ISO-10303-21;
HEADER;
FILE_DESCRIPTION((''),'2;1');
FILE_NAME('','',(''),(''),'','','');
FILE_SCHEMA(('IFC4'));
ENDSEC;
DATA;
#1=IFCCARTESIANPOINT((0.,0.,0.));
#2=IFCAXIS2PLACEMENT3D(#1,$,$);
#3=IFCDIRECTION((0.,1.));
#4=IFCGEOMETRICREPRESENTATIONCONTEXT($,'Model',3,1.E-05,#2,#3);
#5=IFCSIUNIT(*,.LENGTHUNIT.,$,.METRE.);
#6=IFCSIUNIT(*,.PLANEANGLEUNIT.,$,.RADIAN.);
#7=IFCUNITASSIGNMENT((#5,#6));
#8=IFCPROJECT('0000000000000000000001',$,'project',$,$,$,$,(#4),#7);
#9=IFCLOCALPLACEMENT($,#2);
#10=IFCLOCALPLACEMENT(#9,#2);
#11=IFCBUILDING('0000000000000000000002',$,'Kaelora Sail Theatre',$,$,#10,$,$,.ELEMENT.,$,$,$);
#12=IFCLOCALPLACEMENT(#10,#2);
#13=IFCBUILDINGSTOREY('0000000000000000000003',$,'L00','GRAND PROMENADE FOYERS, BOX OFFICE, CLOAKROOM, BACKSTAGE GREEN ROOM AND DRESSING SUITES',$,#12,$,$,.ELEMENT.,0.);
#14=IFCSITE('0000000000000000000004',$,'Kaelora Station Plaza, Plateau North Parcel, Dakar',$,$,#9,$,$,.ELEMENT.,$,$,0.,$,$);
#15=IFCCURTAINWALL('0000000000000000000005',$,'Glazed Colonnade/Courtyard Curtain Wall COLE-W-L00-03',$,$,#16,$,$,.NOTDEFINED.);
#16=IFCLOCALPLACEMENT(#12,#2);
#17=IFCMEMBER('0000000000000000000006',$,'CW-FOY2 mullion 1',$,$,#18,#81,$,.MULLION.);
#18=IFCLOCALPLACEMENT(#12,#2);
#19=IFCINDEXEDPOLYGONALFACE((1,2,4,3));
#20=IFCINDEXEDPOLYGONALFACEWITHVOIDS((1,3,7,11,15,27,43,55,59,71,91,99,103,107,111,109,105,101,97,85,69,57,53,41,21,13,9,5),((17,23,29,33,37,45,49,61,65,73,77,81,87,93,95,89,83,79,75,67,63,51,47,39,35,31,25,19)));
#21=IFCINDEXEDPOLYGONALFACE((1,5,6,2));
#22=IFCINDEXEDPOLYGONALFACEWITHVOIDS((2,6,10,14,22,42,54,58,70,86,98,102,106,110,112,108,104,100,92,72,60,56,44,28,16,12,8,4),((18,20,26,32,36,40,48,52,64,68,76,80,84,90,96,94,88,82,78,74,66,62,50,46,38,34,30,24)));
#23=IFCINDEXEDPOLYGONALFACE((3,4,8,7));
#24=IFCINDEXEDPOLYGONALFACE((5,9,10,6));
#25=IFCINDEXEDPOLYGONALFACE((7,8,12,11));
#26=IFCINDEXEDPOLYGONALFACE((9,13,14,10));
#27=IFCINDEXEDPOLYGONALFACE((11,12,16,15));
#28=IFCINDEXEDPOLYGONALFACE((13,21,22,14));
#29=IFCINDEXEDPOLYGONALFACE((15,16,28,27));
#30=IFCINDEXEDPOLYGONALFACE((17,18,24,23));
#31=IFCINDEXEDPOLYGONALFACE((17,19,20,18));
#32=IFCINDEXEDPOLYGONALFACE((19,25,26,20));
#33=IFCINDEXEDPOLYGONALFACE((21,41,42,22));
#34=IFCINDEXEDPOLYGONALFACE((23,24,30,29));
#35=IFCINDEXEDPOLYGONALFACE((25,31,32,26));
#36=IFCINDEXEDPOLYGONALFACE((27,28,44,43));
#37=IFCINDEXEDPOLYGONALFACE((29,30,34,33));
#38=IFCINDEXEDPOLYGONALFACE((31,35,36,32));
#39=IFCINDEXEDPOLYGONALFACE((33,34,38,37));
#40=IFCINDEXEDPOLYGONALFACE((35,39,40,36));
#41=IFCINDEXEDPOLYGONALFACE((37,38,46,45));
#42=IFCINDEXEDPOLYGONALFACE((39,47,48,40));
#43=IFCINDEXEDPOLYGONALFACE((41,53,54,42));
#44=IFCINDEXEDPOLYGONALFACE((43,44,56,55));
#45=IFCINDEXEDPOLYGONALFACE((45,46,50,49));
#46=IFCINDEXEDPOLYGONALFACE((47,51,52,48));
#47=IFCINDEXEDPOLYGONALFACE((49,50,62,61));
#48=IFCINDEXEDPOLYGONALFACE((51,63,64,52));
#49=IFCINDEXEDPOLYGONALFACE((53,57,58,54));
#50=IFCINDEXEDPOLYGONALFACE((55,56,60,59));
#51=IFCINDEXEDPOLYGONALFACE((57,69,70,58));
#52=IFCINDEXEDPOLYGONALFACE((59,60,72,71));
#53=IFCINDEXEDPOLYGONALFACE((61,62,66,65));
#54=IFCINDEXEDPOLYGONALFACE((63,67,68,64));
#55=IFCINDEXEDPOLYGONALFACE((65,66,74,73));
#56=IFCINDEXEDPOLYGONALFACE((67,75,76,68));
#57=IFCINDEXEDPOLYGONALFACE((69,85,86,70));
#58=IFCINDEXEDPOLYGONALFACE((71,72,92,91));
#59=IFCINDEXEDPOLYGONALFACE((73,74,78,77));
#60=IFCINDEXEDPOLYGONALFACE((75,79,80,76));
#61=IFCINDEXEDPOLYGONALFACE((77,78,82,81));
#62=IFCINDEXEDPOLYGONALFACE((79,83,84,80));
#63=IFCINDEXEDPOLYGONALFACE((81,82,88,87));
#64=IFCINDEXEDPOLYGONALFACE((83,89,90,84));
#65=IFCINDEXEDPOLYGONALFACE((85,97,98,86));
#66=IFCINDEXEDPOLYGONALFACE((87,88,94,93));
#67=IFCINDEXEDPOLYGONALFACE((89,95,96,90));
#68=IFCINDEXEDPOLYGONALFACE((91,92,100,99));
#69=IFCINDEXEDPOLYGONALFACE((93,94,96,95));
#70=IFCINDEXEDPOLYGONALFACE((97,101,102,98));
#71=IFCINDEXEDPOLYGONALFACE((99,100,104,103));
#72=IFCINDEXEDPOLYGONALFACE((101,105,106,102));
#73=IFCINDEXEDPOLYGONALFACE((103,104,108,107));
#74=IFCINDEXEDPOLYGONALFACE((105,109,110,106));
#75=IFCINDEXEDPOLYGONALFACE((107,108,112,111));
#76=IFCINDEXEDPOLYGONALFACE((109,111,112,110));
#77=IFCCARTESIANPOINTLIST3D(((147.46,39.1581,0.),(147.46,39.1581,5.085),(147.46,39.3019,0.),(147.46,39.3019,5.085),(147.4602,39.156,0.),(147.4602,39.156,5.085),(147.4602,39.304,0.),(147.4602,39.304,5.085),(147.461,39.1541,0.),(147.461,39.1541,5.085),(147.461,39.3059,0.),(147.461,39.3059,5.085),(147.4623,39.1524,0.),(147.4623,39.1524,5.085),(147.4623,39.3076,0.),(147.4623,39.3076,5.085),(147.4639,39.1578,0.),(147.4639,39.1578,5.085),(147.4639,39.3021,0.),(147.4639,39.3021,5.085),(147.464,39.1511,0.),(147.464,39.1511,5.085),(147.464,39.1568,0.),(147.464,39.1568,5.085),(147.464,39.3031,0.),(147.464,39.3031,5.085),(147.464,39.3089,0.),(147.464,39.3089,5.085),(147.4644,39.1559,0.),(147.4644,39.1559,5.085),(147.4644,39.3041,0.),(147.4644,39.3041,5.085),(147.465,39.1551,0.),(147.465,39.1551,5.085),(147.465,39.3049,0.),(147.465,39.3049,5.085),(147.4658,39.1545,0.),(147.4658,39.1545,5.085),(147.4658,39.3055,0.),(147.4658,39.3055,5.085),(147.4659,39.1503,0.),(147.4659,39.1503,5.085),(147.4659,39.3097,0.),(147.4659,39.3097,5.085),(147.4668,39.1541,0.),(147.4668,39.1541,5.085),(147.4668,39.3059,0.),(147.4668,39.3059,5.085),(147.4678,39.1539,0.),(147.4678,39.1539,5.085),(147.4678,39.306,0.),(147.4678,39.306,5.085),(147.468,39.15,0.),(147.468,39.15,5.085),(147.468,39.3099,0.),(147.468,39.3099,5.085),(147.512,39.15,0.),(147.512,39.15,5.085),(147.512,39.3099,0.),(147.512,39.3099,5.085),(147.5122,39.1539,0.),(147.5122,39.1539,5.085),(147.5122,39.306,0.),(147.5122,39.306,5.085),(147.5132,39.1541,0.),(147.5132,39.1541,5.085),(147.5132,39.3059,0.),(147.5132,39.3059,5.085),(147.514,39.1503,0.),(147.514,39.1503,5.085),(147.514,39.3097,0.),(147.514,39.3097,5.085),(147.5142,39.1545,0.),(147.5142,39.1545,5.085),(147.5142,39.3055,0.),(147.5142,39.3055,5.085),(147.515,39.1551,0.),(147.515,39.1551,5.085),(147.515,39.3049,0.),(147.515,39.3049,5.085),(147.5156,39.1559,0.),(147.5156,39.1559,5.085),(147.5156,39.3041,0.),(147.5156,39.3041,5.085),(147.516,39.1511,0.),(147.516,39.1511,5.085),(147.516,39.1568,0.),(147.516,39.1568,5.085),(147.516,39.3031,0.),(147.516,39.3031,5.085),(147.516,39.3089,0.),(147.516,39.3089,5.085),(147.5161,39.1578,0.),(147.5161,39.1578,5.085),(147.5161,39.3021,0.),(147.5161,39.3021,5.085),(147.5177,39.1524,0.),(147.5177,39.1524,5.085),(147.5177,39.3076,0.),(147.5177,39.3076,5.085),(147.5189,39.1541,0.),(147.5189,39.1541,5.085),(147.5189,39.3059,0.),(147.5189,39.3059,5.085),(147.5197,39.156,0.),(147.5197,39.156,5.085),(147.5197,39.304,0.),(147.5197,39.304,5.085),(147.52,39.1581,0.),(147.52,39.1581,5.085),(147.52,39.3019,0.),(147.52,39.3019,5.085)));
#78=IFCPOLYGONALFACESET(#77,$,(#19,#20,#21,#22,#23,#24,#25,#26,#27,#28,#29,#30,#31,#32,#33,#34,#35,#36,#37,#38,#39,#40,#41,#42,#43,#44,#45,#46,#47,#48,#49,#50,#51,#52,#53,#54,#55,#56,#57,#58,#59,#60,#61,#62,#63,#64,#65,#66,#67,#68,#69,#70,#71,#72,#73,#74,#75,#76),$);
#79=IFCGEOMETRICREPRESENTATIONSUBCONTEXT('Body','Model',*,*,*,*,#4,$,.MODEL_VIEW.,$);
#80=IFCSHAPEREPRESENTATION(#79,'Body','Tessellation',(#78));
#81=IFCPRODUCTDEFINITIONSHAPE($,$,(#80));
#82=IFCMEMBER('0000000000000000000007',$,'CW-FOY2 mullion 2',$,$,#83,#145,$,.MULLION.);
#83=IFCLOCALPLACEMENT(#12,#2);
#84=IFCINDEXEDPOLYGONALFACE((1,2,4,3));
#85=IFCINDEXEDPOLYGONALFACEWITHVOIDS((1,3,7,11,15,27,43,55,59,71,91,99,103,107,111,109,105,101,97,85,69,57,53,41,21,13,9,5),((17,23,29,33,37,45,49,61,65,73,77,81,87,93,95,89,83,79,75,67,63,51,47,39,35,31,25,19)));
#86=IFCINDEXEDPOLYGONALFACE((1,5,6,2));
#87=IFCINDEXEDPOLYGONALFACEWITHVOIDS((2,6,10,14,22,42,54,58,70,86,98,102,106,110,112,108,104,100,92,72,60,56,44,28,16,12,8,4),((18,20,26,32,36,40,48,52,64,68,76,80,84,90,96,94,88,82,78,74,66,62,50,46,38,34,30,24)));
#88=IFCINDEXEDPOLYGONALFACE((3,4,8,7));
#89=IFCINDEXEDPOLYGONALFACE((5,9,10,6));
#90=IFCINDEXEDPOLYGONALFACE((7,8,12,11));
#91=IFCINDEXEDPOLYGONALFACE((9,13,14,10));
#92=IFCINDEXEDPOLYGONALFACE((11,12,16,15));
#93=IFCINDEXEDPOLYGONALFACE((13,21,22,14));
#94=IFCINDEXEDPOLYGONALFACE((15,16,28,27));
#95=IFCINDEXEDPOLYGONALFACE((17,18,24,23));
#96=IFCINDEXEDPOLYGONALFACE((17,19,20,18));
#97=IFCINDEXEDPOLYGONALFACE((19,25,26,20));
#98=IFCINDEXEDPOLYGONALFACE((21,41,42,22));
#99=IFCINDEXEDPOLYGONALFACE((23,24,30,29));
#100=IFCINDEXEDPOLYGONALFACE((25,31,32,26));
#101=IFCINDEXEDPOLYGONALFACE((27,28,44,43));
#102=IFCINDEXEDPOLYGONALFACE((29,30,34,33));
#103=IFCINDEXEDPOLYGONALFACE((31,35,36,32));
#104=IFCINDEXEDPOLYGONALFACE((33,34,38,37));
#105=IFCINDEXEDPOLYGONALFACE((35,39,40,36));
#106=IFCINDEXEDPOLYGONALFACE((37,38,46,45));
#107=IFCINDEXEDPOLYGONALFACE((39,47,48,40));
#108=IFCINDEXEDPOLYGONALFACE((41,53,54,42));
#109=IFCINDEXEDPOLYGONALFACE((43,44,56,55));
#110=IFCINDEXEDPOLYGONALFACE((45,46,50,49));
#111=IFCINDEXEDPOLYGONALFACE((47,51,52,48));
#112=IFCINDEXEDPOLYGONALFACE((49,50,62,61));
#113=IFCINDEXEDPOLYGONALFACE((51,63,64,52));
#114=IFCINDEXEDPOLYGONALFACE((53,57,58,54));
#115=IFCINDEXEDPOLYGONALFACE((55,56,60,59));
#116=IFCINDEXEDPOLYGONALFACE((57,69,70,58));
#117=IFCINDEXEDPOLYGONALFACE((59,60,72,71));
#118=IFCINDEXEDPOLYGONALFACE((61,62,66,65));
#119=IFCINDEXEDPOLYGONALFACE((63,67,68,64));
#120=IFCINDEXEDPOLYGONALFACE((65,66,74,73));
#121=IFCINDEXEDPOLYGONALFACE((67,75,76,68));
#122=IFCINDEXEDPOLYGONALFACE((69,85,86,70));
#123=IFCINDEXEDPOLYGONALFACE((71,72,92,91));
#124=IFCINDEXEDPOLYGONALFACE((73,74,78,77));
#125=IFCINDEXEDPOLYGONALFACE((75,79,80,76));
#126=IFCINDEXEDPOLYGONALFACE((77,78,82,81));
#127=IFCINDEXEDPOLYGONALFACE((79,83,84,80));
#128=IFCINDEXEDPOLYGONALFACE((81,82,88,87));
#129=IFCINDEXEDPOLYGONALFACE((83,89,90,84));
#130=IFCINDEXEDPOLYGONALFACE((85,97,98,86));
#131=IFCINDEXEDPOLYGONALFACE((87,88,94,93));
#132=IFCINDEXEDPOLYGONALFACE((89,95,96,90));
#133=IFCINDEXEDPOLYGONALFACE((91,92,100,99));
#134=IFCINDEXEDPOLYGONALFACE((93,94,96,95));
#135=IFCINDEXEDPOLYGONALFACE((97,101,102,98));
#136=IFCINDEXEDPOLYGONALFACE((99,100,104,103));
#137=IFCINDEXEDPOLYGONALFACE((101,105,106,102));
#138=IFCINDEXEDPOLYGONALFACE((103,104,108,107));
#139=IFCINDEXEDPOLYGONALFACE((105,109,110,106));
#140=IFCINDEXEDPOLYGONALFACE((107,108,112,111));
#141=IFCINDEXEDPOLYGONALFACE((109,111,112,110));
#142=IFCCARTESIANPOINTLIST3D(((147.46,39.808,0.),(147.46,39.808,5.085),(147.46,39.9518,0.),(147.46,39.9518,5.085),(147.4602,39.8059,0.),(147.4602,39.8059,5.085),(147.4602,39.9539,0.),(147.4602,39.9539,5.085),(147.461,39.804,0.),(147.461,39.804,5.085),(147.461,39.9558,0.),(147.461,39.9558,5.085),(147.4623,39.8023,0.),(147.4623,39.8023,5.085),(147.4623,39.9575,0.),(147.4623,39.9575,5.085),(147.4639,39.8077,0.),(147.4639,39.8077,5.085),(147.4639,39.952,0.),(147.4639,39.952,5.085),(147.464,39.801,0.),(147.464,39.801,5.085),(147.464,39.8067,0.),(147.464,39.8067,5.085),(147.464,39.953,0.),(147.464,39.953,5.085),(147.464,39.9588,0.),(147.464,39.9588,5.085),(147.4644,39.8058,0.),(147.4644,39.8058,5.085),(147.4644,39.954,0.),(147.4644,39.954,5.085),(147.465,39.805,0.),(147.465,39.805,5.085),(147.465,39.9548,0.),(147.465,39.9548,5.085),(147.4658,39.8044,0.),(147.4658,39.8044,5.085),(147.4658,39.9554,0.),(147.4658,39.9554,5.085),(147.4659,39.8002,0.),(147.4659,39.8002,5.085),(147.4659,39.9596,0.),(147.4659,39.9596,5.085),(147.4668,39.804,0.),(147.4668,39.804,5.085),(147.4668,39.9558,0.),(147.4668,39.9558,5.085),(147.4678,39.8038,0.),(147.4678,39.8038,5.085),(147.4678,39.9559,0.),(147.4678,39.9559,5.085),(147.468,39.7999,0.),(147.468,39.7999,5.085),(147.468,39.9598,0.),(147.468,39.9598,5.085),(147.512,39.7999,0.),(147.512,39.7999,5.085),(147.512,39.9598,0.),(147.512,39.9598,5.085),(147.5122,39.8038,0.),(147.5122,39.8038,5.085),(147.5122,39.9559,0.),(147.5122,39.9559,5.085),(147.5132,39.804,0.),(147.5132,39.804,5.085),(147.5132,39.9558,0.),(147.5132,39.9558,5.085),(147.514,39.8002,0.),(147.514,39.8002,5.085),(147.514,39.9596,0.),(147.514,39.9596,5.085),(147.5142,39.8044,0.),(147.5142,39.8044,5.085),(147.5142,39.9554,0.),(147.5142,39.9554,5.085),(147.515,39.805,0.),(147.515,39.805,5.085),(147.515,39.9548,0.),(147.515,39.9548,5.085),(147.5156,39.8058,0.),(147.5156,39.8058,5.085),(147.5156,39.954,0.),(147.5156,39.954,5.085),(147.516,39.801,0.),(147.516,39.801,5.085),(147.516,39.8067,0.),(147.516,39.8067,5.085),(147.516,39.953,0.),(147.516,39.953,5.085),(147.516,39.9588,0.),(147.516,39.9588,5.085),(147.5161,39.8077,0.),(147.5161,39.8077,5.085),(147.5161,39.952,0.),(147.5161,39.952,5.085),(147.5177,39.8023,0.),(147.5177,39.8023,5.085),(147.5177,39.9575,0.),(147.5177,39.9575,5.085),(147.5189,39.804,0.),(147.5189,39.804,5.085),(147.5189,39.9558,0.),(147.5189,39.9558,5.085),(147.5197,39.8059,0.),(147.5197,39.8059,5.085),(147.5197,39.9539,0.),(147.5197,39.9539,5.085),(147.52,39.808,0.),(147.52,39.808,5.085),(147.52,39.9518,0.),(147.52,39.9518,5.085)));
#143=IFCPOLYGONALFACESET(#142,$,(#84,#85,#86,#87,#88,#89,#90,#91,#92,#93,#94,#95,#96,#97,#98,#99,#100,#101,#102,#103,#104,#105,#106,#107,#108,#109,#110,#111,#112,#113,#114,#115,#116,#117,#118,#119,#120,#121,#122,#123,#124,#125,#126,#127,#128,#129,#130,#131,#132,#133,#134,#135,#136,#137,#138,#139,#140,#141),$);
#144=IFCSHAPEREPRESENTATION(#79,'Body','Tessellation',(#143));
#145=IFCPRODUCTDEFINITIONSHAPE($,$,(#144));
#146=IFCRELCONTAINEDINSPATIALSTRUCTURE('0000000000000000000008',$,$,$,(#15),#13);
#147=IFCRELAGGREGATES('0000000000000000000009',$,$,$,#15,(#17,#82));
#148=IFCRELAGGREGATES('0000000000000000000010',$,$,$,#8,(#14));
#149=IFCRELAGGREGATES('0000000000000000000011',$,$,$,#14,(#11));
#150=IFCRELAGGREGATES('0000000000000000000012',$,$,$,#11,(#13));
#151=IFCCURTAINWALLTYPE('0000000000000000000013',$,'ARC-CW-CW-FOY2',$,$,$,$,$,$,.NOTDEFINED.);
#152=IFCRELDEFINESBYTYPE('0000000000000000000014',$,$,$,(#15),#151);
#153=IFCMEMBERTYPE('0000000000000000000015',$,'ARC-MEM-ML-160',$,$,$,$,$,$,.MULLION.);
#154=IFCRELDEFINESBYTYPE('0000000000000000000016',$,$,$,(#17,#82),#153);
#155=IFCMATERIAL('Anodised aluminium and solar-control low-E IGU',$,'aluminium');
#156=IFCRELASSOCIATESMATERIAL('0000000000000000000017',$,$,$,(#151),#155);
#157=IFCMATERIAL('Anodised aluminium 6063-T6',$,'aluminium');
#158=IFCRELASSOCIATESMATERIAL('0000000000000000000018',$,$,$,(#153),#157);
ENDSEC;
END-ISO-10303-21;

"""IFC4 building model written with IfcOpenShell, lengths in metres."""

from ifc_helpers import new_model, si_unit, direction, frame, origin, origin_2d, place, context, subcontext, project, spatial, hollow_rectangle, extrude, material, material_profile, profile_set, type_object, element, aggregate, save


model = new_model("IFC4")

# Units and contexts
model_context = context("Model", 3, precision=1e-05, world=origin(), true_north=direction((0.0, 1.0)))
body_context = subcontext(model_context, "Body", "Model", "MODEL_VIEW")
ifc_project = project(units=[si_unit("LENGTHUNIT", "METRE"), si_unit("PLANEANGLEUNIT", "RADIAN")], contexts=[model_context])

# Site, building, storey
site_placement = place(None, origin())
site = spatial("IfcSite", under=ifc_project, at=site_placement, Name="Kaelora Station Plaza, Plateau North Parcel, Dakar", CompositionType="ELEMENT", RefElevation=0.0)
building_placement = place(site_placement, origin())
building = spatial("IfcBuilding", under=site, at=building_placement, Name="Kaelora Sail Theatre", CompositionType="ELEMENT")
storey_placement = place(building_placement, origin())
storey = spatial("IfcBuildingStorey", under=building, at=storey_placement, Name="L00", Description="GRAND PROMENADE FOYERS, BOX OFFICE, CLOAKROOM, BACKSTAGE GREEN ROOM AND DRESSING SUITES", CompositionType="ELEMENT", Elevation=0.0)

# Curtain wall, members
ifc_material_1 = material(Name="Anodised aluminium and solar-control low-E IGU", Category="aluminium")
curtain_wall_type = type_object("IfcCurtainWallType", Name="ARC-CW-CW-FOY2", PredefinedType="NOTDEFINED", material=ifc_material_1)
ifc_material_2 = material(Name="Anodised aluminium 6063-T6", Category="aluminium")
ifc_material_profile_1 = material_profile(ifc_material_2, hollow_rectangle(XDim=0.0601, YDim=0.1599, WallThickness=0.0039, InnerFilletRadius=0.0039, OuterFilletRadius=0.0081, at=origin_2d()), Name="ALU-MULL 60x160x4")
ifc_profile_set_1 = profile_set([ifc_material_profile_1], Name="Anodised aluminium 6063-T6")
member_type_1 = type_object("IfcMemberType", Name="ARC-MEM-ML-160", PredefinedType="MULLION", material=ifc_profile_set_1)
curtain_wall_1_placement = place(storey_placement, origin())
curtain_wall_1 = element("IfcCurtainWall", 1, at=curtain_wall_1_placement, inside=storey, type_object=curtain_wall_type, Name="Glazed Colonnade/Courtyard Curtain Wall COLE-W-L00-03", PredefinedType="NOTDEFINED")
member_1_placement = place(storey_placement, frame((147.49, 39.23, 0.0), z_axis=(0.0, 0.0, 1.0), x_axis=(-1.0, 0.0, 0.0)))
member_1 = element("IfcMember", 2, at=member_1_placement, type_object=member_type_1, Name="CW-FOY2 mullion 1", PredefinedType="MULLION", context=body_context, shape_type="SweptSolid", body=[
    extrude(hollow_rectangle(XDim=0.0601, YDim=0.1599, WallThickness=0.0039, InnerFilletRadius=0.0039, OuterFilletRadius=0.0081, at=origin_2d()), origin(), (0.0, 0.0, 1.0), 5.085),
])
member_2_placement = place(storey_placement, frame((147.49, 39.8799, 0.0), z_axis=(0.0, 0.0, 1.0), x_axis=(-1.0, 0.0, 0.0)))
member_2 = element("IfcMember", 3, at=member_2_placement, type_object=member_type_1, Name="CW-FOY2 mullion 2", PredefinedType="MULLION", context=body_context, shape_type="SweptSolid", body=[
    extrude(hollow_rectangle(XDim=0.0601, YDim=0.1599, WallThickness=0.0039, InnerFilletRadius=0.0039, OuterFilletRadius=0.0081, at=origin_2d()), origin(), (0.0, 0.0, 1.0), 5.085),
])

aggregate(curtain_wall_1, [member_1, member_2])

save(model, "model.ifc")
